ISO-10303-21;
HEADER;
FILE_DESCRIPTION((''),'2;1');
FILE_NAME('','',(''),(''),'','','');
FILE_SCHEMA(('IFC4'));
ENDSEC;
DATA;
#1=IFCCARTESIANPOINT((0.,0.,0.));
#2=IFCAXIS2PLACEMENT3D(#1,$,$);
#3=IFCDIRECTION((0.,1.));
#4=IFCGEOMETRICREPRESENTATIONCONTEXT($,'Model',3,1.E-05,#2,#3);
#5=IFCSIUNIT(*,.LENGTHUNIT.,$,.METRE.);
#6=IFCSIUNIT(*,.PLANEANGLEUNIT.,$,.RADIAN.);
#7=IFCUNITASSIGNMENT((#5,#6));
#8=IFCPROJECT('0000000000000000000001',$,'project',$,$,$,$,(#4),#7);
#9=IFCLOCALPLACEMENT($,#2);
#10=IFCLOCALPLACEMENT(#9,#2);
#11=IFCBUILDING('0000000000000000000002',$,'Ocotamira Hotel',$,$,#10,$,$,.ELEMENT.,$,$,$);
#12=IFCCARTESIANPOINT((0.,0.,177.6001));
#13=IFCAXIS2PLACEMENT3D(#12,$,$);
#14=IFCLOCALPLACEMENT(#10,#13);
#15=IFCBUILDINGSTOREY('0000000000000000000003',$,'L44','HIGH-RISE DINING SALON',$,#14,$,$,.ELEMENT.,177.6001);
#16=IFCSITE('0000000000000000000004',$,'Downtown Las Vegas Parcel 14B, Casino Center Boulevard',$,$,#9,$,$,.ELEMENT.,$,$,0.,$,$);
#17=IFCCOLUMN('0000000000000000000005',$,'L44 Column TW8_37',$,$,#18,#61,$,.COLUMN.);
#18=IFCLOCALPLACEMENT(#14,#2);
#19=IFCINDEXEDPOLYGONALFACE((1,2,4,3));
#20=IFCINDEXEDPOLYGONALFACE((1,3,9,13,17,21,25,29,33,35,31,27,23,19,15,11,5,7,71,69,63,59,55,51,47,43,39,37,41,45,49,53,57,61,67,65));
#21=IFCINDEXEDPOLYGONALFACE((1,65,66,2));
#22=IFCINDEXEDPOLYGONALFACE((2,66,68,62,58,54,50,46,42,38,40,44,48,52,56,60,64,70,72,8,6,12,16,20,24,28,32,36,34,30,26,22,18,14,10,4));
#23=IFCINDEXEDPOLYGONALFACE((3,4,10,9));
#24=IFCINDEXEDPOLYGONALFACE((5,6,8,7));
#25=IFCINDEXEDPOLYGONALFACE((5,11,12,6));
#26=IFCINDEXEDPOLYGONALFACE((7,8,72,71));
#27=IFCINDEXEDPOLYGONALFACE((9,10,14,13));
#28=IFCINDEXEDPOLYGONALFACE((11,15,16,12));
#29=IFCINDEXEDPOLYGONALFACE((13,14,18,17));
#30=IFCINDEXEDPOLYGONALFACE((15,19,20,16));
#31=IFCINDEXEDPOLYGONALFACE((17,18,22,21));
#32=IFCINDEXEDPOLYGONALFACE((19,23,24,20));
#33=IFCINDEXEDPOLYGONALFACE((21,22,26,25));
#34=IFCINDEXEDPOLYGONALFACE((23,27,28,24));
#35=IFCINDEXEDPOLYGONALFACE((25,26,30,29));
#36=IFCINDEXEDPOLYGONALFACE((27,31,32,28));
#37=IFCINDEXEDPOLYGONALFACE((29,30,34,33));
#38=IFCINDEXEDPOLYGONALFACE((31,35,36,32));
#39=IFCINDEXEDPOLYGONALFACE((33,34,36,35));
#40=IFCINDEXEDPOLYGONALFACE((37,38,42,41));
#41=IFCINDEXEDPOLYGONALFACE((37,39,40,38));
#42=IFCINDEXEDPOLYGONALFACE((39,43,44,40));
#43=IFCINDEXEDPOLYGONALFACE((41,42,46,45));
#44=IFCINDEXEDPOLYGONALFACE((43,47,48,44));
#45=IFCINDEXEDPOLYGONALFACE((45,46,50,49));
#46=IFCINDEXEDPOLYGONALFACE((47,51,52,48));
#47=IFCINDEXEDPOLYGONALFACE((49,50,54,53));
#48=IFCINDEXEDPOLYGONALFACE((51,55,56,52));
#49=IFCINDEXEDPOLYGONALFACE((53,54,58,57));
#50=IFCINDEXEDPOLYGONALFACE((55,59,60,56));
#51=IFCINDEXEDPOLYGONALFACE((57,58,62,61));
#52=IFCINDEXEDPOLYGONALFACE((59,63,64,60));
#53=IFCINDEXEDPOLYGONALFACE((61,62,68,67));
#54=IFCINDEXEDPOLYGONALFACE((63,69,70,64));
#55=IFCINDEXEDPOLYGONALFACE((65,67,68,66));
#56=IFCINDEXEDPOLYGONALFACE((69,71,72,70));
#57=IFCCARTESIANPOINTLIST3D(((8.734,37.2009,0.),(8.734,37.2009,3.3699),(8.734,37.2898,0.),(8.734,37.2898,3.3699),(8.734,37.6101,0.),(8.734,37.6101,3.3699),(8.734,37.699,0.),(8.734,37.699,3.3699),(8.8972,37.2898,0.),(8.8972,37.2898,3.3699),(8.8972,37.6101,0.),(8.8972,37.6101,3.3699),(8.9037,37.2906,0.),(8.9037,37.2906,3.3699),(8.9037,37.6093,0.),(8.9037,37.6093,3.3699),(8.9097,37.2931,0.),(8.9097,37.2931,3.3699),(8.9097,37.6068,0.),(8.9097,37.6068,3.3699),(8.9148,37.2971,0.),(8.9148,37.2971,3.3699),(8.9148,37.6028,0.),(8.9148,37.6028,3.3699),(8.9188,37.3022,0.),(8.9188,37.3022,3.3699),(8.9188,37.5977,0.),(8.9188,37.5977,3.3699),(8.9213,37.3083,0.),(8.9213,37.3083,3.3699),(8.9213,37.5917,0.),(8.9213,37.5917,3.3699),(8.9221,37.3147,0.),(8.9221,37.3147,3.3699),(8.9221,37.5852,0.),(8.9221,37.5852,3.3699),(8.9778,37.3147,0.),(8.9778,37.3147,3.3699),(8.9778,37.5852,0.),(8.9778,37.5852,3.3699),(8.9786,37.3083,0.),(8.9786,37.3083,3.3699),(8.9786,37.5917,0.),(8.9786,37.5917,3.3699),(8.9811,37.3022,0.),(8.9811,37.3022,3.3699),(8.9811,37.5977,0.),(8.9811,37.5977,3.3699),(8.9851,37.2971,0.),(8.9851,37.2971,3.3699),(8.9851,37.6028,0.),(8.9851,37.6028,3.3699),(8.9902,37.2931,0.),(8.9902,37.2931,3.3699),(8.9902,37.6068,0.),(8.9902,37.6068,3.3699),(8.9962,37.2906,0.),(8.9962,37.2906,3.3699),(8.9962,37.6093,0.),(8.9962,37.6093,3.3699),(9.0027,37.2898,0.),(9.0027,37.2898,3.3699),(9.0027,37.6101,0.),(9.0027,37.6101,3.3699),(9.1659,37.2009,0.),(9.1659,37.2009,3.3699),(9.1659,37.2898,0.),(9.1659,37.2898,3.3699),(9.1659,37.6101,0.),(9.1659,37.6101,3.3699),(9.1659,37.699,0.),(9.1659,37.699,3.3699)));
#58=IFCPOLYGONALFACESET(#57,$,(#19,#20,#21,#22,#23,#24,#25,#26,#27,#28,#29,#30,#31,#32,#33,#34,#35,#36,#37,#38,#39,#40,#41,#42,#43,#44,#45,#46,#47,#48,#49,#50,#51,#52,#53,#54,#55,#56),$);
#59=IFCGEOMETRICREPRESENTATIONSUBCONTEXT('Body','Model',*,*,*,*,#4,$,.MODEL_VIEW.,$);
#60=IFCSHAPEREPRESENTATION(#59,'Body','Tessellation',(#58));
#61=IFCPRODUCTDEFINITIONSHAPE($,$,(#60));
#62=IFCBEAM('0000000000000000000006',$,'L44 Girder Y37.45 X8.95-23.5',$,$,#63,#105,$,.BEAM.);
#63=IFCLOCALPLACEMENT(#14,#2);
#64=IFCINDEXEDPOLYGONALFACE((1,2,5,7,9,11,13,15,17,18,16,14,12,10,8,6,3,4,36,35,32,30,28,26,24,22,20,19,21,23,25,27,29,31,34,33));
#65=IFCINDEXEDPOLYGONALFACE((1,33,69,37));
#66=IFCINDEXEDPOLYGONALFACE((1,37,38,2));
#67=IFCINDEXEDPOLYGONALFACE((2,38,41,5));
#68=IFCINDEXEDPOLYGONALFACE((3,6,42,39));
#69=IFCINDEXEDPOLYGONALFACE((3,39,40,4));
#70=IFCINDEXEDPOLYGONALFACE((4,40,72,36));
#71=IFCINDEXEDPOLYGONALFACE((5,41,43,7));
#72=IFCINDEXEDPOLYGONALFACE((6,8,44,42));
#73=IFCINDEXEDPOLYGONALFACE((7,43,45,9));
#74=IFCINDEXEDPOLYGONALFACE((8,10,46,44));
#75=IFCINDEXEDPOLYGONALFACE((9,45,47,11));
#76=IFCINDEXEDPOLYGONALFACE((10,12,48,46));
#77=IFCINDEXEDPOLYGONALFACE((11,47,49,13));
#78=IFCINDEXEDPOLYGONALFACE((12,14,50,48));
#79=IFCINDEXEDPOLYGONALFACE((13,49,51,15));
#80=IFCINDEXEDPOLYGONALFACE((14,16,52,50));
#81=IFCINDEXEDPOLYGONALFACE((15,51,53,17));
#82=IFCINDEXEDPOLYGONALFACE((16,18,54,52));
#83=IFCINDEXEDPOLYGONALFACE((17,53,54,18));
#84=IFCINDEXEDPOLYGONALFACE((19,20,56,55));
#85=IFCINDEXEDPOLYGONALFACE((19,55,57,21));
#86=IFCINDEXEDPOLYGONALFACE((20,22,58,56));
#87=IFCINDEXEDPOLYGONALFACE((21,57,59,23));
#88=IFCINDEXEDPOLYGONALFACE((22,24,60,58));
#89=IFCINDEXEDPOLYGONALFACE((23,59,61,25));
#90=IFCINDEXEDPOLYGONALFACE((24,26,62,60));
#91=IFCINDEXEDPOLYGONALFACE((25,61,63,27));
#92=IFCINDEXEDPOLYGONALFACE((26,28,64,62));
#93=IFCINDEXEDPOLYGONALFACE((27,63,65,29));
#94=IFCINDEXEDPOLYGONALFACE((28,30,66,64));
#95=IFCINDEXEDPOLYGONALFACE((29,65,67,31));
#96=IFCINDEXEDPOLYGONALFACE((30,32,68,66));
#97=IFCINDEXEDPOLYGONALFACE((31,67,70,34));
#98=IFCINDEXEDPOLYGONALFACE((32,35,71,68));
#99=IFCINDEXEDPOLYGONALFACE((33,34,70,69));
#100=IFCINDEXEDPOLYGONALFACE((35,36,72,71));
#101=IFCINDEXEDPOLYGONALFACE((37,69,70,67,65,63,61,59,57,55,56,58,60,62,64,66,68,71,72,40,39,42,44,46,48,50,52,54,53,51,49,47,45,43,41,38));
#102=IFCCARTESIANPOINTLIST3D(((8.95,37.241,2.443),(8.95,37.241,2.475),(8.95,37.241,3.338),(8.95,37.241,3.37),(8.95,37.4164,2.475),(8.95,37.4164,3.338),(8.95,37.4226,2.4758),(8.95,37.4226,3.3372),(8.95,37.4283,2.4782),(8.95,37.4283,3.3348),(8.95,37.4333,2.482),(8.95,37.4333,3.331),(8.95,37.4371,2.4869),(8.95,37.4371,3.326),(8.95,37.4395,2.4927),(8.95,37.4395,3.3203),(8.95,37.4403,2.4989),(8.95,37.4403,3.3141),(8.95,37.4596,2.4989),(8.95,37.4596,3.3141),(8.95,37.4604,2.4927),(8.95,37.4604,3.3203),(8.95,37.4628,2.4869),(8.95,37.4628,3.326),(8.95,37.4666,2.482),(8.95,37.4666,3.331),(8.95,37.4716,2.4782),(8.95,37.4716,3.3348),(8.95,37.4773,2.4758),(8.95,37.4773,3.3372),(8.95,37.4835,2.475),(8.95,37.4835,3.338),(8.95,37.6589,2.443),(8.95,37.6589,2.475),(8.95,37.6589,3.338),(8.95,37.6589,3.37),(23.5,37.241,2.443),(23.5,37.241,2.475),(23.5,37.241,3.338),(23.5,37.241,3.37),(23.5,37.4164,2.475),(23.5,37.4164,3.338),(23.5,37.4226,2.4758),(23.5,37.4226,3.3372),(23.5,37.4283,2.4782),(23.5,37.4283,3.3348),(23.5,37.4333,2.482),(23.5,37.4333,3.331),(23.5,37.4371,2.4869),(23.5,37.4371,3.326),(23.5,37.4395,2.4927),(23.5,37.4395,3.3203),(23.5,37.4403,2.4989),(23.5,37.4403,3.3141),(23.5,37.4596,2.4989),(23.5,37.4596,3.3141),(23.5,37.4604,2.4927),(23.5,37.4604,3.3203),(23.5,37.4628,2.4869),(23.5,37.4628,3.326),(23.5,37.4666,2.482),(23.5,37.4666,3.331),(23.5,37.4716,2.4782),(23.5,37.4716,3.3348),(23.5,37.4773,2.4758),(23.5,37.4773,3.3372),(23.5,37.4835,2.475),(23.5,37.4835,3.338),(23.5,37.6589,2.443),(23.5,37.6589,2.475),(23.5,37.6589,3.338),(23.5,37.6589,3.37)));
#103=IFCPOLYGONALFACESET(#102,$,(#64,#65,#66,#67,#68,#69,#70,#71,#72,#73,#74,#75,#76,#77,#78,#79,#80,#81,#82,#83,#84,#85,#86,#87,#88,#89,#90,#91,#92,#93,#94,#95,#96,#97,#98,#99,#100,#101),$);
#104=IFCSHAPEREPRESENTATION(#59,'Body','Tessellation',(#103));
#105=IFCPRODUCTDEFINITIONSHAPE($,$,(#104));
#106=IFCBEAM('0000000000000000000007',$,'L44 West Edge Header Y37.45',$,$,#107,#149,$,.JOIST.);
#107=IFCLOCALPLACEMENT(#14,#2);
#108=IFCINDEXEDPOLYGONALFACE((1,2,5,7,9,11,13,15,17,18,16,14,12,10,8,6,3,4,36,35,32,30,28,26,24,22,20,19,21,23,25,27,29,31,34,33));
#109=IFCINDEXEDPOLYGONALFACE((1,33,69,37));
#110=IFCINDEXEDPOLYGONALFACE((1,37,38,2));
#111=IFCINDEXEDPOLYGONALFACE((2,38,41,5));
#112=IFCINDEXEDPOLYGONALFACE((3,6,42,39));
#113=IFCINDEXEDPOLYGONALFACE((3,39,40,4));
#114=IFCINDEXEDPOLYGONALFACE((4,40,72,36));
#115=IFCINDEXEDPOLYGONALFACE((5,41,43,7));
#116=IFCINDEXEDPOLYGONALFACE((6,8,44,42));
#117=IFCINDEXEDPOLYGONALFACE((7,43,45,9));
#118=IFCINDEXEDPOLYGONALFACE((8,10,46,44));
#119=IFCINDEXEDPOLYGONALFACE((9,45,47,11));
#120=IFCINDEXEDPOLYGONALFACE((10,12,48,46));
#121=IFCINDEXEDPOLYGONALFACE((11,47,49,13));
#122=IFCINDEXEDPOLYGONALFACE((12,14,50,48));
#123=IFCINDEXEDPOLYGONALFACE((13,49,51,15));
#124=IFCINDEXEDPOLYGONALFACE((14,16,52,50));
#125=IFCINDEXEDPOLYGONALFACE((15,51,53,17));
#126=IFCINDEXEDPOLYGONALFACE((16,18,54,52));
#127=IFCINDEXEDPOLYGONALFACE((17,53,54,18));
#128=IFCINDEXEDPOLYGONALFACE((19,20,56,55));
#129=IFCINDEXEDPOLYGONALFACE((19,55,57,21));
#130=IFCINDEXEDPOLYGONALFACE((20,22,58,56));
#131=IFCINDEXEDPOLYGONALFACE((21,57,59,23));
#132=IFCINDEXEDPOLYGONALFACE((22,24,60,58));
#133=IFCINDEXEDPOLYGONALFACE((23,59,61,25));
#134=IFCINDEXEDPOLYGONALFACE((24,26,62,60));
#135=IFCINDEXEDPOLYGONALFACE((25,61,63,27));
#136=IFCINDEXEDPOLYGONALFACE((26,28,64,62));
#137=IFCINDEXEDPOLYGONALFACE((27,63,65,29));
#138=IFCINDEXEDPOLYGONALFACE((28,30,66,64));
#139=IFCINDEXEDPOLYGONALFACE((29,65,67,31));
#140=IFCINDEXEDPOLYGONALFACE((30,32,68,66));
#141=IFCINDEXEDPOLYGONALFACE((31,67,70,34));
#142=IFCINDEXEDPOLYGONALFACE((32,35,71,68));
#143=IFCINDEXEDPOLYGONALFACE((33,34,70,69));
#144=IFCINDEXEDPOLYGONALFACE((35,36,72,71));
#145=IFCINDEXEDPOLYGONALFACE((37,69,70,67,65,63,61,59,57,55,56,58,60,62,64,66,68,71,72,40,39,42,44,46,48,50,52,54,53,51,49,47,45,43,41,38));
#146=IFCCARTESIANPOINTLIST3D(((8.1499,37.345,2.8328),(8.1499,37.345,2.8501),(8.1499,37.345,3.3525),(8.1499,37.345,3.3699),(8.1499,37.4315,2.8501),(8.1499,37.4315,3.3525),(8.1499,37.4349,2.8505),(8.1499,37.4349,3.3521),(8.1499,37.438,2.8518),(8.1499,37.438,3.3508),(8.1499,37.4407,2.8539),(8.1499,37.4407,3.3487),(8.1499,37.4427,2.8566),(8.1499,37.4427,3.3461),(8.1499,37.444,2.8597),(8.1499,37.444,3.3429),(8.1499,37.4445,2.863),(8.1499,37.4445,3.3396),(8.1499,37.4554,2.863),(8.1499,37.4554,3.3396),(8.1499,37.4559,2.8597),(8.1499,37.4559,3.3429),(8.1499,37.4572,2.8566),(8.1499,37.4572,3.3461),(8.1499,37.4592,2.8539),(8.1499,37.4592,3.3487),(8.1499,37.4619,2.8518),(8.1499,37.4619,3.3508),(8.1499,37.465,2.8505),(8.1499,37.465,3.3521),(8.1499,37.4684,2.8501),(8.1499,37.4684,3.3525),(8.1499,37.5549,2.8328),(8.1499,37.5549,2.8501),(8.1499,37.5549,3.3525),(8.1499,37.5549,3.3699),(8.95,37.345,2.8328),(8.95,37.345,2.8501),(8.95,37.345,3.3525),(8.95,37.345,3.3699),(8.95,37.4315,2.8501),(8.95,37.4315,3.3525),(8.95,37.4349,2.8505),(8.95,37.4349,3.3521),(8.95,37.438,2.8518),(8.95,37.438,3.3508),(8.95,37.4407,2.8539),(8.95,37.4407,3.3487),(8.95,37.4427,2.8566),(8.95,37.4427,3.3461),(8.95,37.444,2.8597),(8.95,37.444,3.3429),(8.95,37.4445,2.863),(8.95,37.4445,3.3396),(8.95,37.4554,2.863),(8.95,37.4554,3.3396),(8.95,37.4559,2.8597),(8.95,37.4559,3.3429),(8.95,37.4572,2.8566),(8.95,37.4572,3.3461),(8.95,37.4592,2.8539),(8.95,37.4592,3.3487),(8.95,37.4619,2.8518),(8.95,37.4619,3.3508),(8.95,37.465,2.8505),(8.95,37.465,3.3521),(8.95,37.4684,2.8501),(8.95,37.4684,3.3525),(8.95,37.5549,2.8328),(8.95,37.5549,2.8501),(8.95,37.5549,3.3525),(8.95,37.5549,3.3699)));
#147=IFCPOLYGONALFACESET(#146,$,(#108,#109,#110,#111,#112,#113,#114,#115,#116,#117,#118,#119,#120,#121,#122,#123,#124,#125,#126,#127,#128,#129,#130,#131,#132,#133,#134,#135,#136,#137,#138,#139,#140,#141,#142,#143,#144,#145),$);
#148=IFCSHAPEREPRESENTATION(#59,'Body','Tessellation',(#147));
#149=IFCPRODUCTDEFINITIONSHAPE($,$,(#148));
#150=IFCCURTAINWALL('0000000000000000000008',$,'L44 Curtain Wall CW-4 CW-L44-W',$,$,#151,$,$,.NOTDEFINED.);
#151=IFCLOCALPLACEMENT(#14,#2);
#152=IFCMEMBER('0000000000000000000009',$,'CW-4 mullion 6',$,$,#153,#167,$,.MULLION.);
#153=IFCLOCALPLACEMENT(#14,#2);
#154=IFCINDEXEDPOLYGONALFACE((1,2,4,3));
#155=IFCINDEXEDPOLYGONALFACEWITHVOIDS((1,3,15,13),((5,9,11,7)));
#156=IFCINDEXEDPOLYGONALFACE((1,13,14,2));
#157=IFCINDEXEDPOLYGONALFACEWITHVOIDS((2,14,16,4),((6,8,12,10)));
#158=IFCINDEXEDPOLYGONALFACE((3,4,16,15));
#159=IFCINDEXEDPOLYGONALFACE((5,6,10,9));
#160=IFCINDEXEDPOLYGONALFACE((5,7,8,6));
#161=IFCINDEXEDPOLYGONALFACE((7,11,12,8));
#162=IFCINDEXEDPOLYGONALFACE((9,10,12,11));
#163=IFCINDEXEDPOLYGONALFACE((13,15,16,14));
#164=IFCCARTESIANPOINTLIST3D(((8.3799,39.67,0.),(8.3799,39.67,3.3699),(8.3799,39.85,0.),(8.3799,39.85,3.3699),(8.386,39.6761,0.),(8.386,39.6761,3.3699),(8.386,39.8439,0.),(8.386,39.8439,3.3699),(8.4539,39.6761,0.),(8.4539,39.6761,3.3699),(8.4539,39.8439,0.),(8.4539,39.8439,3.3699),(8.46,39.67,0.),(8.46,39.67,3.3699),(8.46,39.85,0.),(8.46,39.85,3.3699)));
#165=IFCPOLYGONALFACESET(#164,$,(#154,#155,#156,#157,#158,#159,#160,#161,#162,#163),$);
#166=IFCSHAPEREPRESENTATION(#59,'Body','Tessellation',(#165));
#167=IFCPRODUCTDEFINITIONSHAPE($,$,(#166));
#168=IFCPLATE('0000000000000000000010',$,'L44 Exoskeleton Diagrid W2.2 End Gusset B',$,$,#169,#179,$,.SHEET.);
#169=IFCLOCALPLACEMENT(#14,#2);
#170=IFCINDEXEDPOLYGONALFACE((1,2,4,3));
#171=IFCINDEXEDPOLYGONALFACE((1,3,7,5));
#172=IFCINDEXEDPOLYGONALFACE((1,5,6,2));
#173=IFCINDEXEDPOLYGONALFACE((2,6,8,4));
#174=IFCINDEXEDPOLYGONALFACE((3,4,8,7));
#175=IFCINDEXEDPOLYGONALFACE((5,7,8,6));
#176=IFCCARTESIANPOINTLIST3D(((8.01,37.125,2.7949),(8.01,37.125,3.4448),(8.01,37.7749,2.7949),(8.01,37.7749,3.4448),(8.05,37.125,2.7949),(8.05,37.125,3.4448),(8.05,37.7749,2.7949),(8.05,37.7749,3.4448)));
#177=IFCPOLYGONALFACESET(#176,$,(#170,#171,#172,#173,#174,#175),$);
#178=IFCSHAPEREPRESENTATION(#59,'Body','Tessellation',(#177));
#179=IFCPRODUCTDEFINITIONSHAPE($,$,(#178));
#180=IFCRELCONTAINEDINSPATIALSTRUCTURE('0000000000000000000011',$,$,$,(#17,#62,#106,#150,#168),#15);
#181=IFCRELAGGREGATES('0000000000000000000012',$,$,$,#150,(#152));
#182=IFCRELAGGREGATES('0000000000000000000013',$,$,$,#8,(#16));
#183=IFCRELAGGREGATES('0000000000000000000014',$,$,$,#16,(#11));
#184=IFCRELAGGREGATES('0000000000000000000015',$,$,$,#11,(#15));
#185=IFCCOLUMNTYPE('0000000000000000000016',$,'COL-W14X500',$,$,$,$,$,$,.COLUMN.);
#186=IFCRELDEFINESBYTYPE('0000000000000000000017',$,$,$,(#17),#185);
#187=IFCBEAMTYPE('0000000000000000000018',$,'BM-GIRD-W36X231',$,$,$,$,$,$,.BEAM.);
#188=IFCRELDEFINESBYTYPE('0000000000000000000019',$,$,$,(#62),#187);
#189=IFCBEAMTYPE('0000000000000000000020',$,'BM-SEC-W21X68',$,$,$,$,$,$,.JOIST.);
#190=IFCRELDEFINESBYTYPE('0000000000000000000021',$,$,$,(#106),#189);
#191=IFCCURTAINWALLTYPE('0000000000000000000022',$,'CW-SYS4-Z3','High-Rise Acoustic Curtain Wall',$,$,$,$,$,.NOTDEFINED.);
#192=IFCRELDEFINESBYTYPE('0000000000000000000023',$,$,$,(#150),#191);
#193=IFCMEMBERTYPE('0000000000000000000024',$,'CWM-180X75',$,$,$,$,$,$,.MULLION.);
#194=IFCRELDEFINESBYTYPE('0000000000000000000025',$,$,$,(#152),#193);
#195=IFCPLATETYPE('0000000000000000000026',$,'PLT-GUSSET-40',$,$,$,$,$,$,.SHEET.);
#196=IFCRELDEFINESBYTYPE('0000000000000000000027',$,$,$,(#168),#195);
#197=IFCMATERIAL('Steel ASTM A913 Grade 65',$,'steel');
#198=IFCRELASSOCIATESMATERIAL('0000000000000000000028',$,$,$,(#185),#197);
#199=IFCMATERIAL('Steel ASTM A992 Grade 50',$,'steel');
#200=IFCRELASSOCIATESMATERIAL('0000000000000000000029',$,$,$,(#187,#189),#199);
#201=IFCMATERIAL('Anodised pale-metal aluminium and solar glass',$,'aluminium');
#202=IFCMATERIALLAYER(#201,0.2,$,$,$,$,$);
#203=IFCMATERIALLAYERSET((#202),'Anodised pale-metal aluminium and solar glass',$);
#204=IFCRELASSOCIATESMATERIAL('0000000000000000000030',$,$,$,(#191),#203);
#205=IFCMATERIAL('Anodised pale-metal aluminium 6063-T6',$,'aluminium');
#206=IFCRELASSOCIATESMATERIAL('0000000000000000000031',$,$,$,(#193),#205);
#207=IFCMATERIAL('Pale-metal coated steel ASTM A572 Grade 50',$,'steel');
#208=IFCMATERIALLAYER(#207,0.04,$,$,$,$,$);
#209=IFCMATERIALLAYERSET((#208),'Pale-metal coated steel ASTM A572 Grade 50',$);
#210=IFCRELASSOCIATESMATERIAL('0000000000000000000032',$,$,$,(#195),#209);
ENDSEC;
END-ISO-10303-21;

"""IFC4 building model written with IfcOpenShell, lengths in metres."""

from ifc_helpers import new_model, si_unit, direction, frame, origin, origin_2d, place, context, subcontext, project, spatial, rectangle, hollow_rectangle, i_section, extrude, source, transform, mapped, material, layer, layer_set, material_profile, profile_set, type_object, element, aggregate, save


model = new_model("IFC4")

# Units and contexts
model_context = context("Model", 3, precision=1e-05, world=origin(), true_north=direction((0.0, 1.0)))
body_context = subcontext(model_context, "Body", "Model", "MODEL_VIEW")
ifc_project = project(units=[si_unit("LENGTHUNIT", "METRE"), si_unit("PLANEANGLEUNIT", "RADIAN")], contexts=[model_context])

# Site, building, storey
site_placement = place(None, origin())
site = spatial("IfcSite", under=ifc_project, at=site_placement, Name="Downtown Las Vegas Parcel 14B, Casino Center Boulevard", CompositionType="ELEMENT", RefElevation=0.0)
building_placement = place(site_placement, origin())
building = spatial("IfcBuilding", under=site, at=building_placement, Name="Ocotamira Hotel", CompositionType="ELEMENT")
storey_placement = place(building_placement, frame((0.0, 0.0, 177.6001)))
storey = spatial("IfcBuildingStorey", under=building, at=storey_placement, Name="L44", Description="HIGH-RISE DINING SALON", CompositionType="ELEMENT", Elevation=177.6001)

# Column
ifc_material_1 = material(Name="Steel ASTM A913 Grade 65", Category="steel")
ifc_material_profile_1 = material_profile(ifc_material_1, i_section(OverallWidth=0.4319, OverallDepth=0.498, WebThickness=0.0557, FlangeThickness=0.0889, FilletRadius=0.0249, at=origin_2d()), Name="W14X500")
ifc_profile_set_1 = profile_set([ifc_material_profile_1], Name="Steel ASTM A913 Grade 65")
column_type = type_object("IfcColumnType", Name="COL-W14X500", PredefinedType="COLUMN", material=ifc_profile_set_1)
shared_shape_1 = source(origin(), body_context, "Body", "SweptSolid", [
    extrude(i_section(OverallWidth=0.4319, OverallDepth=0.498, WebThickness=0.0557, FlangeThickness=0.0889, FilletRadius=0.0249, at=origin_2d()), origin(), (0.0, 0.0, 1.0), 3.3699),
])
column_placement = place(storey_placement, frame((8.95, 37.45, 0.0), z_axis=(0.0, 0.0, 1.0), x_axis=(1.0, 0.0, 0.0)))
element("IfcColumn", 1, at=column_placement, inside=storey, type_object=column_type, Name="L44 Column TW8_37", PredefinedType="COLUMN", context=body_context, shape_type="MappedRepresentation", body=[
    mapped(shared_shape_1, transform((0.0, 0.0, 0.0), scale=1.0)),
])

# Beams
ifc_material_2 = material(Name="Steel ASTM A992 Grade 50", Category="steel")
ifc_material_profile_2 = material_profile(ifc_material_2, i_section(OverallWidth=0.418, OverallDepth=0.927, WebThickness=0.0193, FlangeThickness=0.032, FilletRadius=0.0239, at=origin_2d()), Name="W36X231")
ifc_profile_set_2 = profile_set([ifc_material_profile_2], Name="Steel ASTM A992 Grade 50")
beam_type_1 = type_object("IfcBeamType", Name="BM-GIRD-W36X231", PredefinedType="BEAM", material=ifc_profile_set_2)
shared_shape_2 = source(origin(), body_context, "Body", "SweptSolid", [
    extrude(i_section(OverallWidth=0.418, OverallDepth=0.927, WebThickness=0.0193, FlangeThickness=0.032, FilletRadius=0.0239, at=origin_2d()), origin(), (0.0, 0.0, 1.0), 14.55),
])
beam_1_placement = place(storey_placement, frame((8.95, 37.45, 2.9065), z_axis=(1.0, 0.0, 0.0), x_axis=(0.0, 1.0, 0.0)))
element("IfcBeam", 2, at=beam_1_placement, inside=storey, type_object=beam_type_1, Name="L44 Girder Y37.45 X8.95-23.5", PredefinedType="BEAM", context=body_context, shape_type="MappedRepresentation", body=[
    mapped(shared_shape_2, transform((0.0, 0.0, 0.0), scale=1.0)),
])
ifc_material_profile_3 = material_profile(ifc_material_2, i_section(OverallWidth=0.21, OverallDepth=0.5371, WebThickness=0.011, FlangeThickness=0.0173, FilletRadius=0.0129, at=origin_2d()), Name="W21X68")
ifc_profile_set_3 = profile_set([ifc_material_profile_3], Name="Steel ASTM A992 Grade 50")
beam_type_2 = type_object("IfcBeamType", Name="BM-SEC-W21X68", PredefinedType="JOIST", material=ifc_profile_set_3)
shared_shape_3 = source(origin(), body_context, "Body", "SweptSolid", [
    extrude(i_section(OverallWidth=0.21, OverallDepth=0.5371, WebThickness=0.011, FlangeThickness=0.0173, FilletRadius=0.0129, at=origin_2d()), origin(), (0.0, 0.0, 1.0), 0.8),
])
beam_2_placement = place(storey_placement, frame((8.95, 37.45, 3.1013), z_axis=(-1.0, 0.0, 0.0), x_axis=(0.0, -1.0, 0.0)))
element("IfcBeam", 3, at=beam_2_placement, inside=storey, type_object=beam_type_2, Name="L44 West Edge Header Y37.45", PredefinedType="JOIST", context=body_context, shape_type="MappedRepresentation", body=[
    mapped(shared_shape_3, transform((0.0, 0.0, 0.0), scale=1.0)),
])

# Curtain wall, member
ifc_material_3 = material(Name="Anodised pale-metal aluminium and solar glass", Category="aluminium")
ifc_layer_1 = layer(ifc_material_3, 0.2)
ifc_layer_set_1 = layer_set([ifc_layer_1], Name="Anodised pale-metal aluminium and solar glass")
curtain_wall_type = type_object("IfcCurtainWallType", Name="CW-SYS4-Z3", Description="High-Rise Acoustic Curtain Wall", PredefinedType="NOTDEFINED", material=ifc_layer_set_1)
curtain_wall_placement = place(storey_placement, origin())
curtain_wall = element("IfcCurtainWall", 4, at=curtain_wall_placement, inside=storey, type_object=curtain_wall_type, Name="L44 Curtain Wall CW-4 CW-L44-W", PredefinedType="NOTDEFINED")
ifc_material_4 = material(Name="Anodised pale-metal aluminium 6063-T6", Category="aluminium")
ifc_material_profile_4 = material_profile(ifc_material_4, hollow_rectangle(XDim=0.0801, YDim=0.1799, WallThickness=0.0061, at=origin_2d()), Name="HSS180X80X6")
ifc_profile_set_4 = profile_set([ifc_material_profile_4], Name="Anodised pale-metal aluminium 6063-T6")
member_type = type_object("IfcMemberType", Name="CWM-180X75", PredefinedType="MULLION", material=ifc_profile_set_4)
shared_shape_4 = source(origin(), body_context, "Body", "SweptSolid", [
    extrude(hollow_rectangle(XDim=0.0801, YDim=0.1799, WallThickness=0.0061, at=origin_2d()), origin(), (0.0, 0.0, 1.0), 3.3699),
])
member_placement = place(storey_placement, frame((8.4199, 39.76, 0.0), z_axis=(0.0, 0.0, 1.0), x_axis=(-1.0, 0.0, 0.0)))
member = element("IfcMember", 5, at=member_placement, type_object=member_type, Name="CW-4 mullion 6", PredefinedType="MULLION", context=body_context, shape_type="MappedRepresentation", body=[
    mapped(shared_shape_4, transform((0.0, 0.0, 0.0), scale=1.0)),
])

# Plate
ifc_material_5 = material(Name="Pale-metal coated steel ASTM A572 Grade 50", Category="steel")
ifc_layer_2 = layer(ifc_material_5, 0.04)
ifc_layer_set_2 = layer_set([ifc_layer_2], Name="Pale-metal coated steel ASTM A572 Grade 50")
plate_type_1 = type_object("IfcPlateType", Name="PLT-GUSSET-40", PredefinedType="SHEET", material=ifc_layer_set_2)
shared_shape_5 = source(origin(), body_context, "Body", "SweptSolid", [
    extrude(rectangle(XDim=0.04, YDim=0.6499, at=origin_2d()), origin(), (0.0, 0.0, 1.0), 0.6499),
])
plate_1_placement = place(storey_placement, frame((8.03, 37.45, 2.7949), z_axis=(0.0, 0.0, 1.0), x_axis=(1.0, 0.0, 0.0)))
element("IfcPlate", 6, at=plate_1_placement, inside=storey, type_object=plate_type_1, Name="L44 Exoskeleton Diagrid W2.2 End Gusset B", PredefinedType="SHEET", context=body_context, shape_type="MappedRepresentation", body=[
    mapped(shared_shape_5, transform((0.0, 0.0, 0.0), scale=1.0)),
])
aggregate(curtain_wall, [member])

save(model, "model.ifc")
